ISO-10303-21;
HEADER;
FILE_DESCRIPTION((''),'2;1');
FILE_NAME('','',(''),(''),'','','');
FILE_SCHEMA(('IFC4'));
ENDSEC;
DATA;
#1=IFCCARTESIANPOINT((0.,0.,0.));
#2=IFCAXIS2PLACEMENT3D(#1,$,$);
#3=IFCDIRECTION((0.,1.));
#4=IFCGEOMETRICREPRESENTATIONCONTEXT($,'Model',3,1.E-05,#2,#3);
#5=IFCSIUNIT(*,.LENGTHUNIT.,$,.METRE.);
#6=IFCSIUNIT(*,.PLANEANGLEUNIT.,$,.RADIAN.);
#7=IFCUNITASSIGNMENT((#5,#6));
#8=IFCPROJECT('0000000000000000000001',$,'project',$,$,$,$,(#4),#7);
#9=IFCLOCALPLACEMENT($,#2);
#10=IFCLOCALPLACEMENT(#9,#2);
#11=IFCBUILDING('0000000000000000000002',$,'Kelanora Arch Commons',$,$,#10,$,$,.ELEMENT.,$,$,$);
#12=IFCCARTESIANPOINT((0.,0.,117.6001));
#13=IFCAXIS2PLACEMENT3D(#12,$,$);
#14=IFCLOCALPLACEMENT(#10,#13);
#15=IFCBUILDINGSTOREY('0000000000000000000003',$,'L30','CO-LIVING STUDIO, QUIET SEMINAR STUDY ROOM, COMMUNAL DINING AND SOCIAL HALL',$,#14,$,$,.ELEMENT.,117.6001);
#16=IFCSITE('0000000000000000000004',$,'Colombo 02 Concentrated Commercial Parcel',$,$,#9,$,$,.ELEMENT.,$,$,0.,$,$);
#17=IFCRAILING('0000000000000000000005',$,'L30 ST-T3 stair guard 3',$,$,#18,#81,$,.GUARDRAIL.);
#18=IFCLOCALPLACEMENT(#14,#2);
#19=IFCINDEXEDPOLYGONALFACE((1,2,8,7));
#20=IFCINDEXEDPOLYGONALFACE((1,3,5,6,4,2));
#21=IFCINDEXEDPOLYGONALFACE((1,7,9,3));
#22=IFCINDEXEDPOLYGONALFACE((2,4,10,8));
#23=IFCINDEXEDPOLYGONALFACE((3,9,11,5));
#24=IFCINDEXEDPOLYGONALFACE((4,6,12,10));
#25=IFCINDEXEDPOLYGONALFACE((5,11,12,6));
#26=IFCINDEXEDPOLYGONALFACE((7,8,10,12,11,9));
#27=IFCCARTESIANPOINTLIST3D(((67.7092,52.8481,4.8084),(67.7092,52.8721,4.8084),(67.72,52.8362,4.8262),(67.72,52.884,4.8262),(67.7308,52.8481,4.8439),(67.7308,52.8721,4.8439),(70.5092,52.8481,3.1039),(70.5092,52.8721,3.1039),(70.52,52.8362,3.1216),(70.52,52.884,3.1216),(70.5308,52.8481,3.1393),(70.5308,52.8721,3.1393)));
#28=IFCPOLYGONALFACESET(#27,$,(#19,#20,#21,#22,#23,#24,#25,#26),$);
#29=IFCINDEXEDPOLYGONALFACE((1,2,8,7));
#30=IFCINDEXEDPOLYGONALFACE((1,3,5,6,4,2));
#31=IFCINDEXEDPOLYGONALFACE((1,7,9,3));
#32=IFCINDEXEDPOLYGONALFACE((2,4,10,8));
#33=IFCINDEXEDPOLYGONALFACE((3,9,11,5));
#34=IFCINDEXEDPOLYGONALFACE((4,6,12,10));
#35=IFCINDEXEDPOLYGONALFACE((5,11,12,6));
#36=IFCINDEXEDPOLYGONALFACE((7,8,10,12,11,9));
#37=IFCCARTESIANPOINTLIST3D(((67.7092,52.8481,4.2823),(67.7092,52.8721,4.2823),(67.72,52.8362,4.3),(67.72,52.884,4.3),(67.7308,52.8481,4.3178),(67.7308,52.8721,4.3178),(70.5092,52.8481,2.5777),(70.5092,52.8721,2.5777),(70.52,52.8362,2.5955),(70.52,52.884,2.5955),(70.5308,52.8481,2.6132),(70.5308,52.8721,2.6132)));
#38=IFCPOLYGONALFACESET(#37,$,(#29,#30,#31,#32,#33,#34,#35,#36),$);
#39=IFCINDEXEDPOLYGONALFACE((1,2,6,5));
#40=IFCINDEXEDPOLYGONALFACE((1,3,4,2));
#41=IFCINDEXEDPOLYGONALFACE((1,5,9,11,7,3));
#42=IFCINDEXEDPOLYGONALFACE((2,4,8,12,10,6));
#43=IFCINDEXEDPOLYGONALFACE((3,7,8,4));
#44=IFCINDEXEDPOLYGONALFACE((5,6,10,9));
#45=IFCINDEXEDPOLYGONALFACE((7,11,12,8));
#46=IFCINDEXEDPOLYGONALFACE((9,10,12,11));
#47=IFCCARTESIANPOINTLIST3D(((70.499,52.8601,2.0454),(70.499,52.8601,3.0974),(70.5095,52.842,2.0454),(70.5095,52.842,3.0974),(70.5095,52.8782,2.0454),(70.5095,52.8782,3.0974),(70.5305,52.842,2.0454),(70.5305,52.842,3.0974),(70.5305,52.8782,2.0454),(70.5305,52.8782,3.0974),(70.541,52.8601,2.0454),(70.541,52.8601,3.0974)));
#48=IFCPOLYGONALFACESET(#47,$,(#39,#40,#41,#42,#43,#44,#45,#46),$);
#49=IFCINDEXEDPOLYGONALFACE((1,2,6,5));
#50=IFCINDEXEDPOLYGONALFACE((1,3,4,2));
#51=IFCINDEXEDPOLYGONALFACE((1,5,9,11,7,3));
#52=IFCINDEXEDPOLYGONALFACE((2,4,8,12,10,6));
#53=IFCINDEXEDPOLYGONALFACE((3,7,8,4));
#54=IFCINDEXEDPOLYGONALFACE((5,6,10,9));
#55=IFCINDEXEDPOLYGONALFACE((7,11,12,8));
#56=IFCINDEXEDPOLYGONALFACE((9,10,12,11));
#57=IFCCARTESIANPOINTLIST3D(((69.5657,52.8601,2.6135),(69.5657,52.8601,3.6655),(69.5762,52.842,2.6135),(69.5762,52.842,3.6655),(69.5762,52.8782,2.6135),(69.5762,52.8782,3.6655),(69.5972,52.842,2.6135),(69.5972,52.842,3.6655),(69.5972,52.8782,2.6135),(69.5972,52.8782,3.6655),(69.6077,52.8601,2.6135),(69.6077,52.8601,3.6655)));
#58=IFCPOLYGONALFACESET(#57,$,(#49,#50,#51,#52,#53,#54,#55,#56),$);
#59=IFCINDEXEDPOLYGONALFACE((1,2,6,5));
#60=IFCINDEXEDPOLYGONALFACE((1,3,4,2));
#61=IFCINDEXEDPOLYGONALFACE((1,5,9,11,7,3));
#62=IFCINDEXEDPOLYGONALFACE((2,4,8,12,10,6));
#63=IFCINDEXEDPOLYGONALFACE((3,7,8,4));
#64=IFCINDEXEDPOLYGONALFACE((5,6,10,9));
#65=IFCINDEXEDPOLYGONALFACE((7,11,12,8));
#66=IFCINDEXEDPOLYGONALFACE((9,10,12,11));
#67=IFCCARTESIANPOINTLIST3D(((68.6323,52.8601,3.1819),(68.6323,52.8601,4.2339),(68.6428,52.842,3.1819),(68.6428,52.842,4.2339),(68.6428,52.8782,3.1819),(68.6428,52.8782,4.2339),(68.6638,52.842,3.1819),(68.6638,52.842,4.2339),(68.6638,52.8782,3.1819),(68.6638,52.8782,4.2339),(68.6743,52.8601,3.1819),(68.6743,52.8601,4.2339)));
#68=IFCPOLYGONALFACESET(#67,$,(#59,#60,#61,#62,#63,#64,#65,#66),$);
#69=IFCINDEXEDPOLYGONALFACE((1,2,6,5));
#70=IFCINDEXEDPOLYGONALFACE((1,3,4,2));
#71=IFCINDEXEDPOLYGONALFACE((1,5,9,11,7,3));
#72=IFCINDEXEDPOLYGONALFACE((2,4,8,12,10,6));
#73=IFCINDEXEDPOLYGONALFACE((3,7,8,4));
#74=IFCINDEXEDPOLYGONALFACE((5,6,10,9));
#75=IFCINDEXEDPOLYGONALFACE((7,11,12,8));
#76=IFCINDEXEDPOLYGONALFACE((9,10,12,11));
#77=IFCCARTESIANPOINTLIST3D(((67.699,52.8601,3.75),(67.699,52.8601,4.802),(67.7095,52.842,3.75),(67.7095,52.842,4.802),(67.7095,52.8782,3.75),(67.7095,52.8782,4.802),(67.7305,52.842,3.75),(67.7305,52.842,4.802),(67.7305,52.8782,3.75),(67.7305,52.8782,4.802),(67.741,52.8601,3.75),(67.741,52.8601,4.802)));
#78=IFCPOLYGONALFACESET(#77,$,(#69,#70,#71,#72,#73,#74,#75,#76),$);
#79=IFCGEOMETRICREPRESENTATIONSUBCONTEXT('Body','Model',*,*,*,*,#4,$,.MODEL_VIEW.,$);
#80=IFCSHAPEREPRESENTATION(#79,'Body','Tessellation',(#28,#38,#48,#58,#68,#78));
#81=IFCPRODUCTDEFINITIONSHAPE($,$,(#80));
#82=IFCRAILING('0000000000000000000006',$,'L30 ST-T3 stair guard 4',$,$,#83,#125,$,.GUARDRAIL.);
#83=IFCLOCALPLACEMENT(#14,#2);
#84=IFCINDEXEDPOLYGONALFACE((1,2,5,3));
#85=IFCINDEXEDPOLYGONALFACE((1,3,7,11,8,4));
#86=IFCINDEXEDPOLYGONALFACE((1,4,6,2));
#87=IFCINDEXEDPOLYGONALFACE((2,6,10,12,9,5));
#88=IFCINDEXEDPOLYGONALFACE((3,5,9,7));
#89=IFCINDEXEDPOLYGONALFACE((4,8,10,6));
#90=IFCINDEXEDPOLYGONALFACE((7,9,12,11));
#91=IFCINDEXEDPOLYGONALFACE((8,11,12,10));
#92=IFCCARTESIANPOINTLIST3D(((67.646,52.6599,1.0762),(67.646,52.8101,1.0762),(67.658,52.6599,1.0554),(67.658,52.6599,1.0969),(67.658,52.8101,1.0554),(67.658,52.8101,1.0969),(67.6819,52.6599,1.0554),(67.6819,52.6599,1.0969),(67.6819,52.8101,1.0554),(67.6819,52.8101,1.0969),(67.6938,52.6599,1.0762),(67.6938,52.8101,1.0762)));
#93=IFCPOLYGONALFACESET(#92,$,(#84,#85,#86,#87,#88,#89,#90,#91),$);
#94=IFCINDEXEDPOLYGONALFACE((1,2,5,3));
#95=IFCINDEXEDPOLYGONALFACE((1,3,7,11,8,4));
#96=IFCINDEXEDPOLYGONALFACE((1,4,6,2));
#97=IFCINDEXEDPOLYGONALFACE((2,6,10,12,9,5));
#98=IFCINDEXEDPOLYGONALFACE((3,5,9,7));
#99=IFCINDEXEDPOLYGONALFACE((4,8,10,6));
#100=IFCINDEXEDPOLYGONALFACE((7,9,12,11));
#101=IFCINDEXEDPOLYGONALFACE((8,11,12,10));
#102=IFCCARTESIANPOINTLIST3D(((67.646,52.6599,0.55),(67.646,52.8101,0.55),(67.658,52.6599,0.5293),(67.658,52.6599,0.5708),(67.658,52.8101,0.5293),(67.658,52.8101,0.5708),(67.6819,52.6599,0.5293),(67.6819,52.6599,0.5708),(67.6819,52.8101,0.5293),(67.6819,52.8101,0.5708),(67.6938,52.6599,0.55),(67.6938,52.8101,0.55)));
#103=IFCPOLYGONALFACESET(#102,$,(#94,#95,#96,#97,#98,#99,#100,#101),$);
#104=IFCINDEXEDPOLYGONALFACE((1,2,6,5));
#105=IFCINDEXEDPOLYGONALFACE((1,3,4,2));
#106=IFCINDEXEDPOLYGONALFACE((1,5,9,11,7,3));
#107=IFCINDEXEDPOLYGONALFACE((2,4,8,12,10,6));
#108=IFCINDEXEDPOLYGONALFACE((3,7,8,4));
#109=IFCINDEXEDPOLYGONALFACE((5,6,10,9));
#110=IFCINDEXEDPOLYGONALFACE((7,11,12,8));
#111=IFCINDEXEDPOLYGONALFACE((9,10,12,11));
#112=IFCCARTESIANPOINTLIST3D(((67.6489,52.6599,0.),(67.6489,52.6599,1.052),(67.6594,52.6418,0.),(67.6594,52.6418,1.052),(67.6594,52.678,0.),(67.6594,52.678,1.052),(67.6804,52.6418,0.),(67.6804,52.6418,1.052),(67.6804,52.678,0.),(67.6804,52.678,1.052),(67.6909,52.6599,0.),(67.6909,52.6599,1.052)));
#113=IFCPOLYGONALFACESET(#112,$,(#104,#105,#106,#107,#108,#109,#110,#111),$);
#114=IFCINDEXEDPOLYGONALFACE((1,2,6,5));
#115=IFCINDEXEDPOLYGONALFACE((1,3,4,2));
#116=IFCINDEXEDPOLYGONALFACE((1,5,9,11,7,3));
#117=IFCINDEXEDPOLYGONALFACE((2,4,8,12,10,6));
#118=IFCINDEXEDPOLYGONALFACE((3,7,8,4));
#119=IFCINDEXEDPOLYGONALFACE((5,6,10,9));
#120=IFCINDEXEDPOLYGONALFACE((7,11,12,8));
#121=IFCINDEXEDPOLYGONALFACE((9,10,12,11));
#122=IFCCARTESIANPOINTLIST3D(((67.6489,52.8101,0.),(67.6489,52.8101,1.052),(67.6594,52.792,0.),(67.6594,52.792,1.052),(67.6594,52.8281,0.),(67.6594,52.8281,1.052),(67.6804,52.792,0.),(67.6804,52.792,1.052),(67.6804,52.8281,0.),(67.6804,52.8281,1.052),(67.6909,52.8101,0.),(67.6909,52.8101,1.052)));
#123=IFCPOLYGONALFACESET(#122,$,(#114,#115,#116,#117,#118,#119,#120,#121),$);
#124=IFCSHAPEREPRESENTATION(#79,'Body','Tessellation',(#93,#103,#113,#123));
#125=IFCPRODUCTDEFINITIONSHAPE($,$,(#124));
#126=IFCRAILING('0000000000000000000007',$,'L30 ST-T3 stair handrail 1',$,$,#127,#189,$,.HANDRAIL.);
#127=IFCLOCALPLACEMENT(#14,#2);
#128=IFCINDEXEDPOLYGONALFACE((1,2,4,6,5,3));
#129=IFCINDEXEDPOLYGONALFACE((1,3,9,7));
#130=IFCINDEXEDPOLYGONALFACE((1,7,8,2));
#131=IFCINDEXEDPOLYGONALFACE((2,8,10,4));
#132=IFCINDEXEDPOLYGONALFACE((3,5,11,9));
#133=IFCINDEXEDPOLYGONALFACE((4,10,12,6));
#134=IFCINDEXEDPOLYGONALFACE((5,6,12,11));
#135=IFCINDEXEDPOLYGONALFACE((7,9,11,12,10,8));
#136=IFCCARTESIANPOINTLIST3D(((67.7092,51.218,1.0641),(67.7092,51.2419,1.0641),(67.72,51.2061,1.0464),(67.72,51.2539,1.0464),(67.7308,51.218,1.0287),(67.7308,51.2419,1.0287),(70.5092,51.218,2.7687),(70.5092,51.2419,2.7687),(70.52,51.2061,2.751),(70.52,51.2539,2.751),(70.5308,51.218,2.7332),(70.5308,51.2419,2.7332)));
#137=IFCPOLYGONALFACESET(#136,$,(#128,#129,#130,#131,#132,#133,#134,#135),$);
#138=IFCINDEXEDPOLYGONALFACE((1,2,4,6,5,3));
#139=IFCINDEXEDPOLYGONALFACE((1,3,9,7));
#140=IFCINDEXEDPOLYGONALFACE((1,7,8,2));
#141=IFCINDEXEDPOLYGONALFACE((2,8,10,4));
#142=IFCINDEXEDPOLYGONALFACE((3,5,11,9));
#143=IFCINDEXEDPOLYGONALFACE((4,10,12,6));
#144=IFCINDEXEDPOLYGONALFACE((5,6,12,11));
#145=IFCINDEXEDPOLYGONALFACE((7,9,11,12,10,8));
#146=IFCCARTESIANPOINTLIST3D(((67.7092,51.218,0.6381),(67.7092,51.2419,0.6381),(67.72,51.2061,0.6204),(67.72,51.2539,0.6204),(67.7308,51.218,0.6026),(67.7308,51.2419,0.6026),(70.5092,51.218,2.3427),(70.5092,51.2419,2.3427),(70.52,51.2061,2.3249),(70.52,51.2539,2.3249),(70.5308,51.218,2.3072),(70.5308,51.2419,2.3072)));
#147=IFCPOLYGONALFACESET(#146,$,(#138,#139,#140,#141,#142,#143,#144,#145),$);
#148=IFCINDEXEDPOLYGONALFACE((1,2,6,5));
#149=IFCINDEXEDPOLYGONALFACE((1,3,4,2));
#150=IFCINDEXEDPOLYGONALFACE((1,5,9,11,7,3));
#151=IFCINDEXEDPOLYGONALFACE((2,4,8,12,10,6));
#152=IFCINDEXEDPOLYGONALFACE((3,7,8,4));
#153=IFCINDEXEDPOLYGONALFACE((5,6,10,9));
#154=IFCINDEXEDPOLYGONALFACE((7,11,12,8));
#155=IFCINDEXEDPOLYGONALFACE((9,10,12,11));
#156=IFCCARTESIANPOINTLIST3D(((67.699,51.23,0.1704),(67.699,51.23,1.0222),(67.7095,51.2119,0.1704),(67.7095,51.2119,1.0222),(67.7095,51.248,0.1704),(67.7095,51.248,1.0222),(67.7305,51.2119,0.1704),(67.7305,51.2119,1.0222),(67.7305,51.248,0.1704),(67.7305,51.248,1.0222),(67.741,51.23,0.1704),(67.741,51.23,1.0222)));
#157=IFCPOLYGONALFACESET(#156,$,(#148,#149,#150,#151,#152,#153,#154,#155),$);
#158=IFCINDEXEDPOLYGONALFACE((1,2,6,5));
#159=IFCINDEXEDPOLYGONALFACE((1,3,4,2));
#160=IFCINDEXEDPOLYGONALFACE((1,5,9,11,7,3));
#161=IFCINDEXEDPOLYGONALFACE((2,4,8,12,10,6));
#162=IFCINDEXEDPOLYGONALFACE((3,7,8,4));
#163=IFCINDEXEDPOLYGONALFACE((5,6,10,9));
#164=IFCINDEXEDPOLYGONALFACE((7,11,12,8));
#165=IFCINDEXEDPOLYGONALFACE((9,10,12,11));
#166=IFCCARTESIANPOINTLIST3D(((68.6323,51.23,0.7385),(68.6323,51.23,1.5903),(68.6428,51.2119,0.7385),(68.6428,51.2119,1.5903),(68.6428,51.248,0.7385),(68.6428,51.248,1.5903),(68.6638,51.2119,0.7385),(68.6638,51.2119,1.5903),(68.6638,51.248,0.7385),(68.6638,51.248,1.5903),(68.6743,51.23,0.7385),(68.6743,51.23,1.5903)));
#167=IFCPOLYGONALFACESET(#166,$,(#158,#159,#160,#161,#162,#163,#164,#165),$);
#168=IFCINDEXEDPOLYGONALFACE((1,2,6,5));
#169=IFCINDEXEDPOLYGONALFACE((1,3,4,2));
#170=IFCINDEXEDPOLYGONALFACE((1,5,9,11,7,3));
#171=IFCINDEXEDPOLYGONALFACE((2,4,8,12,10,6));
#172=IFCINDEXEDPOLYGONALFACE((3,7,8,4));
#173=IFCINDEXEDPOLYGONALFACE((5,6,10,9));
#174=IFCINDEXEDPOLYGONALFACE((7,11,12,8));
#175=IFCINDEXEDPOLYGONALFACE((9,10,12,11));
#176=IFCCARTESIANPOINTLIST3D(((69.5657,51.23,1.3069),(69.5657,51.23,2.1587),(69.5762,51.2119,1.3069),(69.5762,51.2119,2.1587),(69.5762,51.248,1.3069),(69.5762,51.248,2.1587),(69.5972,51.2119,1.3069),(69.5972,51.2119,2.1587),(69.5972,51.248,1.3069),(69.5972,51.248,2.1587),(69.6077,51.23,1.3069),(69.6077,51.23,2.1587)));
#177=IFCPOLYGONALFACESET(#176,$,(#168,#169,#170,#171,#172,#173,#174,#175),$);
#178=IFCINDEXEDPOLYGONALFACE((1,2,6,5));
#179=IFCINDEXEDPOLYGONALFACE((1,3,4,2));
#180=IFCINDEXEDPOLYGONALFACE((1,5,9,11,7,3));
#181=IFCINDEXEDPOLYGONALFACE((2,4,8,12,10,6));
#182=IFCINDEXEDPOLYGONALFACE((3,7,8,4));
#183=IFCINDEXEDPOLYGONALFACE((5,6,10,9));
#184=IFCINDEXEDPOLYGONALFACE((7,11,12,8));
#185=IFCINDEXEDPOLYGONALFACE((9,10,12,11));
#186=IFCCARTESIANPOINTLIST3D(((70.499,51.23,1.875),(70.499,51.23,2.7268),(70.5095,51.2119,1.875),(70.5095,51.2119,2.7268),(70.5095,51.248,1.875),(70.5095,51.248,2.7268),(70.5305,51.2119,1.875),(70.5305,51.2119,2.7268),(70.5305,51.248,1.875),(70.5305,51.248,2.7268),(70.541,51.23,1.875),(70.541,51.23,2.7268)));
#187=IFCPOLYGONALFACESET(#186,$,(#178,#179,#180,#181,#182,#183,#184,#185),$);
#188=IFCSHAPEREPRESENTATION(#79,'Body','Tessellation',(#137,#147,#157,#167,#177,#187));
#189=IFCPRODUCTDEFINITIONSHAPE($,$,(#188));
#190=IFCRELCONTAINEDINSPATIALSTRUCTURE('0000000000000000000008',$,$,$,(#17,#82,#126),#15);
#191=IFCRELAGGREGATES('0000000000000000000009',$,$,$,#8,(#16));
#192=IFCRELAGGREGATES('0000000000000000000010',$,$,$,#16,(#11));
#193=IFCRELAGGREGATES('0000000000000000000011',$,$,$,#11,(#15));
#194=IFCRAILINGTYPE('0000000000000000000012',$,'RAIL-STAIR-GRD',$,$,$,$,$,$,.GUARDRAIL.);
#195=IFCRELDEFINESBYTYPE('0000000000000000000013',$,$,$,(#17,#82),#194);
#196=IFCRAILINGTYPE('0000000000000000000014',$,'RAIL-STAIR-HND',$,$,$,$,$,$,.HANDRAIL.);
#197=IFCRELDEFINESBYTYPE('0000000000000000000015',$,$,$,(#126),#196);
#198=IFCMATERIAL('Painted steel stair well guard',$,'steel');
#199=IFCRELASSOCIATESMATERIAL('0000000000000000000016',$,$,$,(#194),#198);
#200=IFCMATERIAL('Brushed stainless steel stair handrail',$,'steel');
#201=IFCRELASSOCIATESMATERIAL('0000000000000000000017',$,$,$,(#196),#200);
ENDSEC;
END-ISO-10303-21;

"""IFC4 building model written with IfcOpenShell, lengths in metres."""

from ifc_helpers import new_model, si_unit, direction, frame, origin, place, context, subcontext, project, spatial, polyline, outline, extrude, material, type_object, element, save


model = new_model("IFC4")

# Units and contexts
model_context = context("Model", 3, precision=1e-05, world=origin(), true_north=direction((0.0, 1.0)))
body_context = subcontext(model_context, "Body", "Model", "MODEL_VIEW")
ifc_project = project(units=[si_unit("LENGTHUNIT", "METRE"), si_unit("PLANEANGLEUNIT", "RADIAN")], contexts=[model_context])

# Site, building, storey
site_placement = place(None, origin())
site = spatial("IfcSite", under=ifc_project, at=site_placement, Name="Colombo 02 Concentrated Commercial Parcel", CompositionType="ELEMENT", RefElevation=0.0)
building_placement = place(site_placement, origin())
building = spatial("IfcBuilding", under=site, at=building_placement, Name="Kelanora Arch Commons", CompositionType="ELEMENT")
storey_placement = place(building_placement, frame((0.0, 0.0, 117.6001)))
storey = spatial("IfcBuildingStorey", under=building, at=storey_placement, Name="L30", Description="CO-LIVING STUDIO, QUIET SEMINAR STUDY ROOM, COMMUNAL DINING AND SOCIAL HALL", CompositionType="ELEMENT", Elevation=117.6001)

# Railings
ifc_material_1 = material(Name="Painted steel stair well guard", Category="steel")
railing_type_1 = type_object("IfcRailingType", Name="RAIL-STAIR-GRD", PredefinedType="GUARDRAIL", material=ifc_material_1)
railing_1_placement = place(storey_placement, frame((70.52, 52.8601, 2.0454)))
element("IfcRailing", 1, at=railing_1_placement, inside=storey, type_object=railing_type_1, Name="L30 ST-T3 stair guard 3", PredefinedType="GUARDRAIL", context=body_context, shape_type="SweptSolid", body=[
    extrude(outline(polyline([(0.0239, 0.0), (0.012, 0.0208), (-0.012, 0.0208), (-0.0239, 0.0), (-0.012, -0.0208), (0.012, -0.0208), (0.0239, 0.0)])), frame((0.0, 0.0, 1.0762), z_axis=(-0.85417, 0.0, 0.519994), x_axis=(0.0, -1.0, 0.0)), (0.0, 0.0, 1.0), 3.2781),
    extrude(outline(polyline([(0.0239, 0.0), (0.012, 0.0208), (-0.012, 0.0208), (-0.0239, 0.0), (-0.012, -0.0208), (0.012, -0.0208), (0.0239, 0.0)])), frame((0.0, 0.0, 0.55), z_axis=(-0.85417, 0.0, 0.519994), x_axis=(0.0, -1.0, 0.0)), (0.0, 0.0, 1.0), 3.2781),
    extrude(outline(polyline([(0.021, 0.0), (0.0105, 0.0181), (-0.0105, 0.0181), (-0.021, 0.0), (-0.0105, -0.0181), (0.0105, -0.0181), (0.021, 0.0)])), origin(), (0.0, 0.0, 1.0), 1.052),
    extrude(outline(polyline([(0.021, 0.0), (0.0105, 0.0181), (-0.0105, 0.0181), (-0.021, 0.0), (-0.0105, -0.0181), (0.0105, -0.0181), (0.021, 0.0)])), frame((-0.9333, 0.0, 0.5681)), (0.0, 0.0, 1.0), 1.052),
    extrude(outline(polyline([(0.021, 0.0), (0.0105, 0.0181), (-0.0105, 0.0181), (-0.021, 0.0), (-0.0105, -0.0181), (0.0105, -0.0181), (0.021, 0.0)])), frame((-1.8667, 0.0, 1.1365)), (0.0, 0.0, 1.0), 1.052),
    extrude(outline(polyline([(0.021, 0.0), (0.0105, 0.0181), (-0.0105, 0.0181), (-0.021, 0.0), (-0.0105, -0.0181), (0.0105, -0.0181), (0.021, 0.0)])), frame((-2.8, 0.0, 1.7046)), (0.0, 0.0, 1.0), 1.052),
])
railing_2_placement = place(storey_placement, frame((67.6699, 52.6599, 0.0)))
element("IfcRailing", 2, at=railing_2_placement, inside=storey, type_object=railing_type_1, Name="L30 ST-T3 stair guard 4", PredefinedType="GUARDRAIL", context=body_context, shape_type="SweptSolid", body=[
    extrude(outline(polyline([(0.0239, 0.0), (0.012, 0.0208), (-0.012, 0.0208), (-0.0239, 0.0), (-0.012, -0.0208), (0.012, -0.0208), (0.0239, 0.0)])), frame((0.0, 0.0, 1.0762), z_axis=(0.0, 1.0, 0.0), x_axis=(-1.0, 0.0, 0.0)), (0.0, 0.0, 1.0), 0.1501),
    extrude(outline(polyline([(0.0239, 0.0), (0.012, 0.0208), (-0.012, 0.0208), (-0.0239, 0.0), (-0.012, -0.0208), (0.012, -0.0208), (0.0239, 0.0)])), frame((0.0, 0.0, 0.55), z_axis=(0.0, 1.0, 0.0), x_axis=(-1.0, 0.0, 0.0)), (0.0, 0.0, 1.0), 0.1501),
    extrude(outline(polyline([(0.021, 0.0), (0.0105, 0.0181), (-0.0105, 0.0181), (-0.021, 0.0), (-0.0105, -0.0181), (0.0105, -0.0181), (0.021, 0.0)])), origin(), (0.0, 0.0, 1.0), 1.052),
    extrude(outline(polyline([(0.021, 0.0), (0.0105, 0.0181), (-0.0105, 0.0181), (-0.021, 0.0), (-0.0105, -0.0181), (0.0105, -0.0181), (0.021, 0.0)])), frame((0.0, 0.1501, 0.0)), (0.0, 0.0, 1.0), 1.052),
])
ifc_material_2 = material(Name="Brushed stainless steel stair handrail", Category="steel")
railing_type_2 = type_object("IfcRailingType", Name="RAIL-STAIR-HND", PredefinedType="HANDRAIL", material=ifc_material_2)
railing_3_placement = place(storey_placement, frame((67.72, 51.23, 0.1704)))
element("IfcRailing", 3, at=railing_3_placement, inside=storey, type_object=railing_type_2, Name="L30 ST-T3 stair handrail 1", PredefinedType="HANDRAIL", context=body_context, shape_type="SweptSolid", body=[
    extrude(outline(polyline([(0.0239, 0.0), (0.012, 0.0208), (-0.012, 0.0208), (-0.0239, 0.0), (-0.012, -0.0208), (0.012, -0.0208), (0.0239, 0.0)])), frame((0.0, 0.0, 0.876), z_axis=(0.85417, 0.0, 0.519994), x_axis=(0.0, 1.0, 0.0)), (0.0, 0.0, 1.0), 3.2781),
    extrude(outline(polyline([(0.0239, 0.0), (0.012, 0.0208), (-0.012, 0.0208), (-0.0239, 0.0), (-0.012, -0.0208), (0.012, -0.0208), (0.0239, 0.0)])), frame((0.0, 0.0, 0.45), z_axis=(0.85417, 0.0, 0.519994), x_axis=(0.0, 1.0, 0.0)), (0.0, 0.0, 1.0), 3.2781),
    extrude(outline(polyline([(0.021, 0.0), (0.0105, 0.0181), (-0.0105, 0.0181), (-0.021, 0.0), (-0.0105, -0.0181), (0.0105, -0.0181), (0.021, 0.0)])), origin(), (0.0, 0.0, 1.0), 0.8518),
    extrude(outline(polyline([(0.021, 0.0), (0.0105, 0.0181), (-0.0105, 0.0181), (-0.021, 0.0), (-0.0105, -0.0181), (0.0105, -0.0181), (0.021, 0.0)])), frame((0.9333, 0.0, 0.5681)), (0.0, 0.0, 1.0), 0.8518),
    extrude(outline(polyline([(0.021, 0.0), (0.0105, 0.0181), (-0.0105, 0.0181), (-0.021, 0.0), (-0.0105, -0.0181), (0.0105, -0.0181), (0.021, 0.0)])), frame((1.8667, 0.0, 1.1365)), (0.0, 0.0, 1.0), 0.8518),
    extrude(outline(polyline([(0.021, 0.0), (0.0105, 0.0181), (-0.0105, 0.0181), (-0.021, 0.0), (-0.0105, -0.0181), (0.0105, -0.0181), (0.021, 0.0)])), frame((2.8, 0.0, 1.7046)), (0.0, 0.0, 1.0), 0.8518),
])

save(model, "model.ifc")
